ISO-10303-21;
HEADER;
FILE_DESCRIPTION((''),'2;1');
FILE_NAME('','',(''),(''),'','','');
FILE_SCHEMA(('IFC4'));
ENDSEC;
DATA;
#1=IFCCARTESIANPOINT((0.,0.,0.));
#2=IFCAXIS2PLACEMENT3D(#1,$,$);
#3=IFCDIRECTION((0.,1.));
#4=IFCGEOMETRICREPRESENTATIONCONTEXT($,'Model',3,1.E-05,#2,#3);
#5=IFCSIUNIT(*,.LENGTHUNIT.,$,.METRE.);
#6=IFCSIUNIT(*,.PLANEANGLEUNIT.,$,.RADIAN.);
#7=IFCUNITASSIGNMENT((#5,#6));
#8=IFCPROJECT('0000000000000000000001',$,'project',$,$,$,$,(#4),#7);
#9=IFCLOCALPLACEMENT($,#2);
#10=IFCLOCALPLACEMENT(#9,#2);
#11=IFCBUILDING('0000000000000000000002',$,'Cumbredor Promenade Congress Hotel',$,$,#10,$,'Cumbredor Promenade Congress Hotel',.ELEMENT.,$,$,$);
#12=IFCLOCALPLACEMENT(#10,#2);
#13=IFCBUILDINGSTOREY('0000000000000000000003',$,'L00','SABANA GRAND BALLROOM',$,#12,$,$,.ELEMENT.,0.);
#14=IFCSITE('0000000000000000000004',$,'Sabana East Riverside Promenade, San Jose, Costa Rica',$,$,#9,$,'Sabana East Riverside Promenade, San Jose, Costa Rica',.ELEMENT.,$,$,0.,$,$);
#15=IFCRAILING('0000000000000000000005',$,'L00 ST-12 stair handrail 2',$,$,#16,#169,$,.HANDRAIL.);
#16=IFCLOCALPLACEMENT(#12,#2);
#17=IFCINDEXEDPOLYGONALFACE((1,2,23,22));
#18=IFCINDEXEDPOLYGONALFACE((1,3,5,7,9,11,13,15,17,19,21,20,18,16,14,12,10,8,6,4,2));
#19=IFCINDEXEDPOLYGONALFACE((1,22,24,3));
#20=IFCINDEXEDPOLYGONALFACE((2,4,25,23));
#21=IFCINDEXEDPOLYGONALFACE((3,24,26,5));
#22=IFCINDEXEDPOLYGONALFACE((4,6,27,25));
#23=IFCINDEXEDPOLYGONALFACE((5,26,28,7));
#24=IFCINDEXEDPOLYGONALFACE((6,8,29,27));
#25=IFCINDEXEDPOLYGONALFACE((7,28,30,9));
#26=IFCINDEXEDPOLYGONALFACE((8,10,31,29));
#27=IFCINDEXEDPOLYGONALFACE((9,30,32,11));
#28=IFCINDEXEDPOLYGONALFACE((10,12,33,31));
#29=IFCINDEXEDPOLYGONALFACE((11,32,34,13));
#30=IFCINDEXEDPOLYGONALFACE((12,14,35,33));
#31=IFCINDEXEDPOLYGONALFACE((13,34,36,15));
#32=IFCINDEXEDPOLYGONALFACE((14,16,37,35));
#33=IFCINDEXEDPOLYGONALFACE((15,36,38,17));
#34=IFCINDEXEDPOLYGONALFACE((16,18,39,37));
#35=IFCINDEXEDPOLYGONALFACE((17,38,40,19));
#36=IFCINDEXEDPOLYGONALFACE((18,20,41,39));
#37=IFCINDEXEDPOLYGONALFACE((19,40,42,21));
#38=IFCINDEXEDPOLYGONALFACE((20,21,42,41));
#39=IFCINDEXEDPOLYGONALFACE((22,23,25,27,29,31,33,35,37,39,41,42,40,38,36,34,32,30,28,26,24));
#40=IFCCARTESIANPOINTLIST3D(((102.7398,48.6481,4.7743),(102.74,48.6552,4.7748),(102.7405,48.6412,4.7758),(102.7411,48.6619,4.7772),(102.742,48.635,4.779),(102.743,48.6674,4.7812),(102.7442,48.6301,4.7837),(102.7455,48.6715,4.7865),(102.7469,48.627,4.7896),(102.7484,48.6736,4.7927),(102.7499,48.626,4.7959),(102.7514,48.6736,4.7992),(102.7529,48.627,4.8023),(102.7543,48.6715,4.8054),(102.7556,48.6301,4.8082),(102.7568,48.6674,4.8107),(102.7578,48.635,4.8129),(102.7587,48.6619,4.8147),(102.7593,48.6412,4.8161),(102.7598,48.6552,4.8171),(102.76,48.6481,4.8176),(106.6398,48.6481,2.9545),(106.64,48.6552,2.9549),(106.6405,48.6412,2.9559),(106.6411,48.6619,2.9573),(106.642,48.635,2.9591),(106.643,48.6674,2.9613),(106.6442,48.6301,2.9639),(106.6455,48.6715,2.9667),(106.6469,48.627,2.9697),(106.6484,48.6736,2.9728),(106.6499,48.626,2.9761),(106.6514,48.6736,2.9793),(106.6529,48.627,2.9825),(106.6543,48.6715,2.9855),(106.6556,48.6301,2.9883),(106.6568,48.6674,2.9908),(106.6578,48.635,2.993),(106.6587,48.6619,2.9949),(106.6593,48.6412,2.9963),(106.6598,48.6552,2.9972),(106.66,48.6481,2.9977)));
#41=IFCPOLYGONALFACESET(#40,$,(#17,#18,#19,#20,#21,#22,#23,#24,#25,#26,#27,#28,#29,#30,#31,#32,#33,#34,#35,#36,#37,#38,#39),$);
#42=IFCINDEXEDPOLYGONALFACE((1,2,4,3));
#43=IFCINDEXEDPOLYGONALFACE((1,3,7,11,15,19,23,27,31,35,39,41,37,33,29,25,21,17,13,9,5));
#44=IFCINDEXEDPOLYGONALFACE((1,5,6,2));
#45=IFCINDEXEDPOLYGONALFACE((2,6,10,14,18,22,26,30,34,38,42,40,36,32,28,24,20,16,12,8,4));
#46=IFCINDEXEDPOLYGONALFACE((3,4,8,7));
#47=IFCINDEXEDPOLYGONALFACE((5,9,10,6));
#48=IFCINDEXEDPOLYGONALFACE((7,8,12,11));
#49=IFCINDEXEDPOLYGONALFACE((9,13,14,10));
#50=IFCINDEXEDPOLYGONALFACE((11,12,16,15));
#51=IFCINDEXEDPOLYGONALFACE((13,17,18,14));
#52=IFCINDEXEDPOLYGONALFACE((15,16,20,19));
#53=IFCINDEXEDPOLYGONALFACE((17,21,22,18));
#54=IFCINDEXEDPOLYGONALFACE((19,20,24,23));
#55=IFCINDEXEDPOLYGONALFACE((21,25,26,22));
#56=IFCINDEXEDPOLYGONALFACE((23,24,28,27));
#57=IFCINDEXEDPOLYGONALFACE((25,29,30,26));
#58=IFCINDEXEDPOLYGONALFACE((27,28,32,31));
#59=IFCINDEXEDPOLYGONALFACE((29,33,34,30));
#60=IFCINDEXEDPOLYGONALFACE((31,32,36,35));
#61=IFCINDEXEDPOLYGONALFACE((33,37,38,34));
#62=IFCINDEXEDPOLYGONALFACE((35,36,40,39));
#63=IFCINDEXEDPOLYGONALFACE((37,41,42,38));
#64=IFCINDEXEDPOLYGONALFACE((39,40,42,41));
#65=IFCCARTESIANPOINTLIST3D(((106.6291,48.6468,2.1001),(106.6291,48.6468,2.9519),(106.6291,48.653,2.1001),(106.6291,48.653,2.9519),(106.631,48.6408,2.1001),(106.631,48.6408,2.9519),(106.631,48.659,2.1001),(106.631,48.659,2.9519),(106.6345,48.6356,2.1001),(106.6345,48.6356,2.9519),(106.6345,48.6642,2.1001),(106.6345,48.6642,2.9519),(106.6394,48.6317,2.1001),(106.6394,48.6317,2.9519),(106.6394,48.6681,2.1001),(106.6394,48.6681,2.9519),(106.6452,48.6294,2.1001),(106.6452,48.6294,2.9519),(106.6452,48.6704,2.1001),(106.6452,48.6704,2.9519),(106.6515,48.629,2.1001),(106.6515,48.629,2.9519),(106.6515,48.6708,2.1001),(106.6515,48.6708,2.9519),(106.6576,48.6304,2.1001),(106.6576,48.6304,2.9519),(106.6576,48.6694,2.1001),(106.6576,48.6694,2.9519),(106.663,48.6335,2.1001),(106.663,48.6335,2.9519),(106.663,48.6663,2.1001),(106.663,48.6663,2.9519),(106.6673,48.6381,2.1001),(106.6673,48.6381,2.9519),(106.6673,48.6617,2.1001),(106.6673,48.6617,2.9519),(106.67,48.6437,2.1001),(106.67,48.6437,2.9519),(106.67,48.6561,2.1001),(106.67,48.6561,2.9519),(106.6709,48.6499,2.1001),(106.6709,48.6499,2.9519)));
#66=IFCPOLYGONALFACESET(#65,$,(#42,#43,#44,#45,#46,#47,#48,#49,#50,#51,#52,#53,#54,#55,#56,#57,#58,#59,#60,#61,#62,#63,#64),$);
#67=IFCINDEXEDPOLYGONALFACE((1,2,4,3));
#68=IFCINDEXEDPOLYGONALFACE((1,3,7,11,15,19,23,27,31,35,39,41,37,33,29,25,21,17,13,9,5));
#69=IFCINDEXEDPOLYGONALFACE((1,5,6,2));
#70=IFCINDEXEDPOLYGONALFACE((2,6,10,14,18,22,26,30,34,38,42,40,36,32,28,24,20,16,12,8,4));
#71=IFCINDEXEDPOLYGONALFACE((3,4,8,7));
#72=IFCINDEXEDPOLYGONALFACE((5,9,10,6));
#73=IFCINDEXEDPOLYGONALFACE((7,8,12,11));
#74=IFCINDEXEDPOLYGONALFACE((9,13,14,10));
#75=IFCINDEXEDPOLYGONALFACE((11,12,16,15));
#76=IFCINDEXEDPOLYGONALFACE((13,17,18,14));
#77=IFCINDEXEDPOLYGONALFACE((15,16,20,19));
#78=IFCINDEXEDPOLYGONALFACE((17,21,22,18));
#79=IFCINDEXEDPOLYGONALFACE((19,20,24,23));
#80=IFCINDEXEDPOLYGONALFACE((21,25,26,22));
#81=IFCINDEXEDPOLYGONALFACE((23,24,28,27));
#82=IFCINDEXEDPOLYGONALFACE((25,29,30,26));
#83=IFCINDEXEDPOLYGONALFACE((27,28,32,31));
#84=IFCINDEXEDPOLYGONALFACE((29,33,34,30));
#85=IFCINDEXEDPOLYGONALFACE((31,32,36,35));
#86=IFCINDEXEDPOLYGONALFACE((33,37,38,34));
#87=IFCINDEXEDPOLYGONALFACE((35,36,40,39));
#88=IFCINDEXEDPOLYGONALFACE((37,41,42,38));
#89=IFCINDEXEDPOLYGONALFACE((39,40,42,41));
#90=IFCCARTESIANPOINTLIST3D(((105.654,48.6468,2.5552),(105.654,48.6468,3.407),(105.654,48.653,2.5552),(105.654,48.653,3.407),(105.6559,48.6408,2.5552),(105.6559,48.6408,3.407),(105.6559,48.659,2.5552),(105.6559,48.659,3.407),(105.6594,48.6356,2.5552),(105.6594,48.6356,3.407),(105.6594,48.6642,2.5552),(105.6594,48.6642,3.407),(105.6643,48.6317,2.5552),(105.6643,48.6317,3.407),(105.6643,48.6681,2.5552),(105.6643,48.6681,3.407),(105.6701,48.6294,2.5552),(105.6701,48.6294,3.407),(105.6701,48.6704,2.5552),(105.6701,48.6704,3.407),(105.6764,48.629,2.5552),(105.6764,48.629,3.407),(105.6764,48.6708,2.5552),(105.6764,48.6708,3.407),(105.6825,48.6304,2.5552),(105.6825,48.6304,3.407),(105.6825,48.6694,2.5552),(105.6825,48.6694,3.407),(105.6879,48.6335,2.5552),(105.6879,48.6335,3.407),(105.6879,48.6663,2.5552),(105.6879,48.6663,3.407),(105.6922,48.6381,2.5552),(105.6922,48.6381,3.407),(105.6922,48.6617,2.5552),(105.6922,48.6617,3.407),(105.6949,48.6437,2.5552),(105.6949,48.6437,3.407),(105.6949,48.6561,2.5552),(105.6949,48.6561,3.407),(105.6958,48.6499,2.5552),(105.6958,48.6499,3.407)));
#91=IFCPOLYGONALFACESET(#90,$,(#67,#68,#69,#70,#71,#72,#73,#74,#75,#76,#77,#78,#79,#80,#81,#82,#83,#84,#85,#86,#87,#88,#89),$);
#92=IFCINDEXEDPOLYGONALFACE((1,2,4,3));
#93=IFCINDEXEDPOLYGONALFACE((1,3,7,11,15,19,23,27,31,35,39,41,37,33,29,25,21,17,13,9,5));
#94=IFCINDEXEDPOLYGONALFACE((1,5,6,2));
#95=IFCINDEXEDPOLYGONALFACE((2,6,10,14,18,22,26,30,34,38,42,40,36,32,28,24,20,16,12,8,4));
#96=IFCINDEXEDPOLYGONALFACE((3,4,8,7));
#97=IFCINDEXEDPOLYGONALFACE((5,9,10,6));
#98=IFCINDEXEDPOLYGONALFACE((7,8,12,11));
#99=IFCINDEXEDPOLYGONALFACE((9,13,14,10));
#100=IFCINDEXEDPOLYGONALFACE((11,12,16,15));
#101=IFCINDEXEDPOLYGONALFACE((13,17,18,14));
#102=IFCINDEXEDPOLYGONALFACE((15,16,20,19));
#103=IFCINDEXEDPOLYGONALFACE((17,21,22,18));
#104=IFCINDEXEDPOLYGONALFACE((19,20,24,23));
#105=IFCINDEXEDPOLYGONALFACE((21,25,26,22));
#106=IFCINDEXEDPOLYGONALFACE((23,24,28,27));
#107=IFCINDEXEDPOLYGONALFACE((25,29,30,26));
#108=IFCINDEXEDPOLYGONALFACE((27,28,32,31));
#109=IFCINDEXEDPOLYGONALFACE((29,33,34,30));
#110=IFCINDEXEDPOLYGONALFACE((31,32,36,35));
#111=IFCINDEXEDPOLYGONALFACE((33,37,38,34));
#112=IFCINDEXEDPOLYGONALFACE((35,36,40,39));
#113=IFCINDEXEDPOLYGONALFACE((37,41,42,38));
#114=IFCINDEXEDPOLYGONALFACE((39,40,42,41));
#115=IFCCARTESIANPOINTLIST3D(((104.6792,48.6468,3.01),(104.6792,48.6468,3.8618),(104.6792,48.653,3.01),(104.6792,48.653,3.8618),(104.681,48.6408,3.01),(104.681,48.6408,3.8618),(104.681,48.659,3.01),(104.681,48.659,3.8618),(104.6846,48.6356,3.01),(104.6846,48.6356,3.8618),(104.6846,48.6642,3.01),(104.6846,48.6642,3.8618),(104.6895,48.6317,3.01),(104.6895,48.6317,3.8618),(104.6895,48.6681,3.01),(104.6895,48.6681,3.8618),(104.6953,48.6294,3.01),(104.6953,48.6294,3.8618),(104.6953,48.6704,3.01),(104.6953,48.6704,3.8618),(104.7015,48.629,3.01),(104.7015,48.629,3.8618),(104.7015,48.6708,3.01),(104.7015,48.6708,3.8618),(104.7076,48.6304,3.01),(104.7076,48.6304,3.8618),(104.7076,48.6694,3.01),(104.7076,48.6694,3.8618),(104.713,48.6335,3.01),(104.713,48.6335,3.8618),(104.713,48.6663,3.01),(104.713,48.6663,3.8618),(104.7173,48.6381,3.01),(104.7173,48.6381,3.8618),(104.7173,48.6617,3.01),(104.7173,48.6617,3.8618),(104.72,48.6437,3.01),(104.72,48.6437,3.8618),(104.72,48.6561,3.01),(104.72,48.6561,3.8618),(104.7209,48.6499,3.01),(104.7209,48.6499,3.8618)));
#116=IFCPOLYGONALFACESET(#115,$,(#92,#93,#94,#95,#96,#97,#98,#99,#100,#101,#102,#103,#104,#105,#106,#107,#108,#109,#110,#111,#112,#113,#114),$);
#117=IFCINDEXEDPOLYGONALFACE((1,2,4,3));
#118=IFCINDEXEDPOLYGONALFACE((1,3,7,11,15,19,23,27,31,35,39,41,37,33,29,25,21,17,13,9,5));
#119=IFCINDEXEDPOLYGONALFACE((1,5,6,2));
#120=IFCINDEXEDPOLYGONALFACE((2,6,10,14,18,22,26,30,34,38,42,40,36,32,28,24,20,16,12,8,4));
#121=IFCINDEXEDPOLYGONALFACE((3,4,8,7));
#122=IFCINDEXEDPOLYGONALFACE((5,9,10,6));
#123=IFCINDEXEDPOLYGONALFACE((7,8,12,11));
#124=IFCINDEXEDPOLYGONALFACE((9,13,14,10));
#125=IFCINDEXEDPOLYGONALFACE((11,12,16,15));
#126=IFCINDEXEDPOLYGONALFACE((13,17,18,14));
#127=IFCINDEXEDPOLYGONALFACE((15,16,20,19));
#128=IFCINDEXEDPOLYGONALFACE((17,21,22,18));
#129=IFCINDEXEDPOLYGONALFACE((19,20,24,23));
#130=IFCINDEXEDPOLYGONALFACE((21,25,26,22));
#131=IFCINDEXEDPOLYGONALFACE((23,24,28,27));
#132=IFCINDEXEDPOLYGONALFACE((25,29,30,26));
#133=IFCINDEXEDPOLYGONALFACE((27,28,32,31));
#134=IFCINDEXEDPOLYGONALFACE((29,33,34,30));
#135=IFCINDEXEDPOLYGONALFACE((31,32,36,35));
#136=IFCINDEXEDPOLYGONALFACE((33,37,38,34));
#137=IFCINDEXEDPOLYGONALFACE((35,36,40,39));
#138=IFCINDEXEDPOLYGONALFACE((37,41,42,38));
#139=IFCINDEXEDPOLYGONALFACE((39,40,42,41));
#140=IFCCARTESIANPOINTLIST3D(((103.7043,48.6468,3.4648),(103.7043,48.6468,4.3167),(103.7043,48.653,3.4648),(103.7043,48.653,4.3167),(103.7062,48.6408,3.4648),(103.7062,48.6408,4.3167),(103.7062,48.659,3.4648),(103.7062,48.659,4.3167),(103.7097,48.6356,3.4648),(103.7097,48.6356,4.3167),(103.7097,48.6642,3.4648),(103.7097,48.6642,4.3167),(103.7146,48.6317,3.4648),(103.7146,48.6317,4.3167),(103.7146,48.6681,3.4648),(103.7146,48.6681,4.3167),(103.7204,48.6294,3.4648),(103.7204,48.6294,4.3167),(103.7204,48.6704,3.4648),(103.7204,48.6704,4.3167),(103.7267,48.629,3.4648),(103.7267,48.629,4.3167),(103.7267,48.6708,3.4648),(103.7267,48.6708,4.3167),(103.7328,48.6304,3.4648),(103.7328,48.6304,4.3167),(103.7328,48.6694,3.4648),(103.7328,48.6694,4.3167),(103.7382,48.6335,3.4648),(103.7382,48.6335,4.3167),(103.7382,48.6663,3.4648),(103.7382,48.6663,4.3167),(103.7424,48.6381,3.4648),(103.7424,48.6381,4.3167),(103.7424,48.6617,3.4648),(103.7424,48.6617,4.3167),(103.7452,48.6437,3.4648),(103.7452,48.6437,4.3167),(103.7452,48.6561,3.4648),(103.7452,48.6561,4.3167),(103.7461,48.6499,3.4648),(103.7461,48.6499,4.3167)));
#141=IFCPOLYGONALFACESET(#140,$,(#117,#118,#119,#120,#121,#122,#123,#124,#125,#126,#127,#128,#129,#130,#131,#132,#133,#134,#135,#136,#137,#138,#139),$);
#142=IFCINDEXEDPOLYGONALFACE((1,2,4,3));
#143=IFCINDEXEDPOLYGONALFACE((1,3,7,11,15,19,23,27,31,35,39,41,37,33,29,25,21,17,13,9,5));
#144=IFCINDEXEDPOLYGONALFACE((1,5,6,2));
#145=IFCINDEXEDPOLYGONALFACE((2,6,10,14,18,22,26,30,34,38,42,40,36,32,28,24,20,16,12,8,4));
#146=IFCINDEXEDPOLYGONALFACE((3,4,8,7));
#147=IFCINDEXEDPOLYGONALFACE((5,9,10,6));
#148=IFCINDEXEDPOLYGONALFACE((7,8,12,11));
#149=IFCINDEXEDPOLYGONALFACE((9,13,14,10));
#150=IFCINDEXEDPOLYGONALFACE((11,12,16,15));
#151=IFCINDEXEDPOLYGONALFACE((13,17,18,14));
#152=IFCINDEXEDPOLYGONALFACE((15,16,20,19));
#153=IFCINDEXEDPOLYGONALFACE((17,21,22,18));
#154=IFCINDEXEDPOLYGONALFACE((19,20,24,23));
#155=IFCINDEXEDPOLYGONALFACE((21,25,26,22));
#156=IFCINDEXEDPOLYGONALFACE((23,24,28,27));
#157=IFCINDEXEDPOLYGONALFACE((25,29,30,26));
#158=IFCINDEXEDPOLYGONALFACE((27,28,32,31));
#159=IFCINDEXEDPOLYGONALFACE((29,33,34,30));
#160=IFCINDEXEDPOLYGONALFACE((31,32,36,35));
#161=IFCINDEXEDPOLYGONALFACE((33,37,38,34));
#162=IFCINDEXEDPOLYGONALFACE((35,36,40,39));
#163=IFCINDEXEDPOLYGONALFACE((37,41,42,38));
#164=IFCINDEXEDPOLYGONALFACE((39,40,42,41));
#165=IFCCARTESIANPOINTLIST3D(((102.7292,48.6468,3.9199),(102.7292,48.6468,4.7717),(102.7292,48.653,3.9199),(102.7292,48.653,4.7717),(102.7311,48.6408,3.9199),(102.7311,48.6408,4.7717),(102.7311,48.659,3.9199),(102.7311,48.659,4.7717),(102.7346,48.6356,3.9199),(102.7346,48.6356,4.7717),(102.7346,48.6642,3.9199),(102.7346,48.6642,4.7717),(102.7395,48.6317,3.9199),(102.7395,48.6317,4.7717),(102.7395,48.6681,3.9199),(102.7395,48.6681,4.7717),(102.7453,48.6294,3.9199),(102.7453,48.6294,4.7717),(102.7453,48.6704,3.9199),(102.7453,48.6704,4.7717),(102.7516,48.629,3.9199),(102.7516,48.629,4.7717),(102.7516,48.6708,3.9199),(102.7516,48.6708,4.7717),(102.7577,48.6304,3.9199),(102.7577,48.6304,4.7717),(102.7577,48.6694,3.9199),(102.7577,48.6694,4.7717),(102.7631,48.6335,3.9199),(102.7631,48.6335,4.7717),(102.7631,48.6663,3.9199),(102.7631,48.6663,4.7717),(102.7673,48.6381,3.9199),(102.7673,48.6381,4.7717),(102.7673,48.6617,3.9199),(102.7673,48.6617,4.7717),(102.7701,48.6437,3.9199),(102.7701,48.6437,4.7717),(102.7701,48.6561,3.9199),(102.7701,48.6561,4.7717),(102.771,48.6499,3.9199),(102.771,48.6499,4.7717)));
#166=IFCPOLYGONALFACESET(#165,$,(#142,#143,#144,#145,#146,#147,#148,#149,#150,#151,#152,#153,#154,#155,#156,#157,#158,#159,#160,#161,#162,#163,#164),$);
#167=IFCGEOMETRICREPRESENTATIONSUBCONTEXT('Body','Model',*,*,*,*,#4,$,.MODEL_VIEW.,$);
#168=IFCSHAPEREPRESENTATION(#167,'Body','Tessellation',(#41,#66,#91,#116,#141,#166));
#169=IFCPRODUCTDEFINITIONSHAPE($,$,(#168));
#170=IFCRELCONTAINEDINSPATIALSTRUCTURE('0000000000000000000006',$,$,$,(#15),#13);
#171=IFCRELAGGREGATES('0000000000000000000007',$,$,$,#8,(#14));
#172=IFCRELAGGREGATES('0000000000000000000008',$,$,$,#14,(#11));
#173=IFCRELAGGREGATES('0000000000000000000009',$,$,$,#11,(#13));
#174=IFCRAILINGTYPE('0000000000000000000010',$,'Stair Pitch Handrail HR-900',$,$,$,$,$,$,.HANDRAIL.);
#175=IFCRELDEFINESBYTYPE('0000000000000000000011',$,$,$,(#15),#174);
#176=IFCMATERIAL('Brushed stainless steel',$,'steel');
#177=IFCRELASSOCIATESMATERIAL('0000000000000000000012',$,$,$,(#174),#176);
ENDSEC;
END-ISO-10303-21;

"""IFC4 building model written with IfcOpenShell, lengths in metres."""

from ifc_helpers import new_model, si_unit, direction, frame, origin, origin_2d, place, context, subcontext, project, spatial, circle, extrude, material, type_object, element, save


model = new_model("IFC4")

# Units and contexts
model_context = context("Model", 3, precision=1e-05, world=origin(), true_north=direction((0.0, 1.0)))
body_context = subcontext(model_context, "Body", "Model", "MODEL_VIEW")
ifc_project = project(units=[si_unit("LENGTHUNIT", "METRE"), si_unit("PLANEANGLEUNIT", "RADIAN")], contexts=[model_context])

# Site, building, storey
site_placement = place(None, origin())
site = spatial("IfcSite", under=ifc_project, at=site_placement, Name="Sabana East Riverside Promenade, San Jose, Costa Rica", LongName="Sabana East Riverside Promenade, San Jose, Costa Rica", CompositionType="ELEMENT", RefElevation=0.0)
building_placement = place(site_placement, origin())
building = spatial("IfcBuilding", under=site, at=building_placement, Name="Cumbredor Promenade Congress Hotel", LongName="Cumbredor Promenade Congress Hotel", CompositionType="ELEMENT")
storey_placement = place(building_placement, origin())
storey = spatial("IfcBuildingStorey", under=building, at=storey_placement, Name="L00", Description="SABANA GRAND BALLROOM", CompositionType="ELEMENT", Elevation=0.0)

# Railing
ifc_material_1 = material(Name="Brushed stainless steel", Category="steel")
railing_type_1 = type_object("IfcRailingType", Name="Stair Pitch Handrail HR-900", PredefinedType="HANDRAIL", material=ifc_material_1)
railing_1_placement = place(storey_placement, frame((106.6499, 48.6499, 2.1001)))
element("IfcRailing", 1, at=railing_1_placement, inside=storey, type_object=railing_type_1, Name="L00 ST-12 stair handrail 2", PredefinedType="HANDRAIL", context=body_context, shape_type="SweptSolid", body=[
    extrude(circle(Radius=0.0239, at=origin_2d()), frame((0.0, 0.0, 0.876), z_axis=(-0.906195, 0.0, 0.422861), x_axis=(0.0, -1.0, 0.0)), (0.0, 0.0, 1.0), 4.3037),
    extrude(circle(Radius=0.021, at=origin_2d()), origin(), (0.0, 0.0, 1.0), 0.8518),
    extrude(circle(Radius=0.021, at=origin_2d()), frame((-0.9751, 0.0, 0.4551)), (0.0, 0.0, 1.0), 0.8518),
    extrude(circle(Radius=0.021, at=origin_2d()), frame((-1.95, 0.0, 0.9099)), (0.0, 0.0, 1.0), 0.8518),
    extrude(circle(Radius=0.021, at=origin_2d()), frame((-2.9248, 0.0, 1.3647)), (0.0, 0.0, 1.0), 0.8518),
    extrude(circle(Radius=0.021, at=origin_2d()), frame((-3.8999, 0.0, 1.8198)), (0.0, 0.0, 1.0), 0.8518),
])

save(model, "model.ifc")
